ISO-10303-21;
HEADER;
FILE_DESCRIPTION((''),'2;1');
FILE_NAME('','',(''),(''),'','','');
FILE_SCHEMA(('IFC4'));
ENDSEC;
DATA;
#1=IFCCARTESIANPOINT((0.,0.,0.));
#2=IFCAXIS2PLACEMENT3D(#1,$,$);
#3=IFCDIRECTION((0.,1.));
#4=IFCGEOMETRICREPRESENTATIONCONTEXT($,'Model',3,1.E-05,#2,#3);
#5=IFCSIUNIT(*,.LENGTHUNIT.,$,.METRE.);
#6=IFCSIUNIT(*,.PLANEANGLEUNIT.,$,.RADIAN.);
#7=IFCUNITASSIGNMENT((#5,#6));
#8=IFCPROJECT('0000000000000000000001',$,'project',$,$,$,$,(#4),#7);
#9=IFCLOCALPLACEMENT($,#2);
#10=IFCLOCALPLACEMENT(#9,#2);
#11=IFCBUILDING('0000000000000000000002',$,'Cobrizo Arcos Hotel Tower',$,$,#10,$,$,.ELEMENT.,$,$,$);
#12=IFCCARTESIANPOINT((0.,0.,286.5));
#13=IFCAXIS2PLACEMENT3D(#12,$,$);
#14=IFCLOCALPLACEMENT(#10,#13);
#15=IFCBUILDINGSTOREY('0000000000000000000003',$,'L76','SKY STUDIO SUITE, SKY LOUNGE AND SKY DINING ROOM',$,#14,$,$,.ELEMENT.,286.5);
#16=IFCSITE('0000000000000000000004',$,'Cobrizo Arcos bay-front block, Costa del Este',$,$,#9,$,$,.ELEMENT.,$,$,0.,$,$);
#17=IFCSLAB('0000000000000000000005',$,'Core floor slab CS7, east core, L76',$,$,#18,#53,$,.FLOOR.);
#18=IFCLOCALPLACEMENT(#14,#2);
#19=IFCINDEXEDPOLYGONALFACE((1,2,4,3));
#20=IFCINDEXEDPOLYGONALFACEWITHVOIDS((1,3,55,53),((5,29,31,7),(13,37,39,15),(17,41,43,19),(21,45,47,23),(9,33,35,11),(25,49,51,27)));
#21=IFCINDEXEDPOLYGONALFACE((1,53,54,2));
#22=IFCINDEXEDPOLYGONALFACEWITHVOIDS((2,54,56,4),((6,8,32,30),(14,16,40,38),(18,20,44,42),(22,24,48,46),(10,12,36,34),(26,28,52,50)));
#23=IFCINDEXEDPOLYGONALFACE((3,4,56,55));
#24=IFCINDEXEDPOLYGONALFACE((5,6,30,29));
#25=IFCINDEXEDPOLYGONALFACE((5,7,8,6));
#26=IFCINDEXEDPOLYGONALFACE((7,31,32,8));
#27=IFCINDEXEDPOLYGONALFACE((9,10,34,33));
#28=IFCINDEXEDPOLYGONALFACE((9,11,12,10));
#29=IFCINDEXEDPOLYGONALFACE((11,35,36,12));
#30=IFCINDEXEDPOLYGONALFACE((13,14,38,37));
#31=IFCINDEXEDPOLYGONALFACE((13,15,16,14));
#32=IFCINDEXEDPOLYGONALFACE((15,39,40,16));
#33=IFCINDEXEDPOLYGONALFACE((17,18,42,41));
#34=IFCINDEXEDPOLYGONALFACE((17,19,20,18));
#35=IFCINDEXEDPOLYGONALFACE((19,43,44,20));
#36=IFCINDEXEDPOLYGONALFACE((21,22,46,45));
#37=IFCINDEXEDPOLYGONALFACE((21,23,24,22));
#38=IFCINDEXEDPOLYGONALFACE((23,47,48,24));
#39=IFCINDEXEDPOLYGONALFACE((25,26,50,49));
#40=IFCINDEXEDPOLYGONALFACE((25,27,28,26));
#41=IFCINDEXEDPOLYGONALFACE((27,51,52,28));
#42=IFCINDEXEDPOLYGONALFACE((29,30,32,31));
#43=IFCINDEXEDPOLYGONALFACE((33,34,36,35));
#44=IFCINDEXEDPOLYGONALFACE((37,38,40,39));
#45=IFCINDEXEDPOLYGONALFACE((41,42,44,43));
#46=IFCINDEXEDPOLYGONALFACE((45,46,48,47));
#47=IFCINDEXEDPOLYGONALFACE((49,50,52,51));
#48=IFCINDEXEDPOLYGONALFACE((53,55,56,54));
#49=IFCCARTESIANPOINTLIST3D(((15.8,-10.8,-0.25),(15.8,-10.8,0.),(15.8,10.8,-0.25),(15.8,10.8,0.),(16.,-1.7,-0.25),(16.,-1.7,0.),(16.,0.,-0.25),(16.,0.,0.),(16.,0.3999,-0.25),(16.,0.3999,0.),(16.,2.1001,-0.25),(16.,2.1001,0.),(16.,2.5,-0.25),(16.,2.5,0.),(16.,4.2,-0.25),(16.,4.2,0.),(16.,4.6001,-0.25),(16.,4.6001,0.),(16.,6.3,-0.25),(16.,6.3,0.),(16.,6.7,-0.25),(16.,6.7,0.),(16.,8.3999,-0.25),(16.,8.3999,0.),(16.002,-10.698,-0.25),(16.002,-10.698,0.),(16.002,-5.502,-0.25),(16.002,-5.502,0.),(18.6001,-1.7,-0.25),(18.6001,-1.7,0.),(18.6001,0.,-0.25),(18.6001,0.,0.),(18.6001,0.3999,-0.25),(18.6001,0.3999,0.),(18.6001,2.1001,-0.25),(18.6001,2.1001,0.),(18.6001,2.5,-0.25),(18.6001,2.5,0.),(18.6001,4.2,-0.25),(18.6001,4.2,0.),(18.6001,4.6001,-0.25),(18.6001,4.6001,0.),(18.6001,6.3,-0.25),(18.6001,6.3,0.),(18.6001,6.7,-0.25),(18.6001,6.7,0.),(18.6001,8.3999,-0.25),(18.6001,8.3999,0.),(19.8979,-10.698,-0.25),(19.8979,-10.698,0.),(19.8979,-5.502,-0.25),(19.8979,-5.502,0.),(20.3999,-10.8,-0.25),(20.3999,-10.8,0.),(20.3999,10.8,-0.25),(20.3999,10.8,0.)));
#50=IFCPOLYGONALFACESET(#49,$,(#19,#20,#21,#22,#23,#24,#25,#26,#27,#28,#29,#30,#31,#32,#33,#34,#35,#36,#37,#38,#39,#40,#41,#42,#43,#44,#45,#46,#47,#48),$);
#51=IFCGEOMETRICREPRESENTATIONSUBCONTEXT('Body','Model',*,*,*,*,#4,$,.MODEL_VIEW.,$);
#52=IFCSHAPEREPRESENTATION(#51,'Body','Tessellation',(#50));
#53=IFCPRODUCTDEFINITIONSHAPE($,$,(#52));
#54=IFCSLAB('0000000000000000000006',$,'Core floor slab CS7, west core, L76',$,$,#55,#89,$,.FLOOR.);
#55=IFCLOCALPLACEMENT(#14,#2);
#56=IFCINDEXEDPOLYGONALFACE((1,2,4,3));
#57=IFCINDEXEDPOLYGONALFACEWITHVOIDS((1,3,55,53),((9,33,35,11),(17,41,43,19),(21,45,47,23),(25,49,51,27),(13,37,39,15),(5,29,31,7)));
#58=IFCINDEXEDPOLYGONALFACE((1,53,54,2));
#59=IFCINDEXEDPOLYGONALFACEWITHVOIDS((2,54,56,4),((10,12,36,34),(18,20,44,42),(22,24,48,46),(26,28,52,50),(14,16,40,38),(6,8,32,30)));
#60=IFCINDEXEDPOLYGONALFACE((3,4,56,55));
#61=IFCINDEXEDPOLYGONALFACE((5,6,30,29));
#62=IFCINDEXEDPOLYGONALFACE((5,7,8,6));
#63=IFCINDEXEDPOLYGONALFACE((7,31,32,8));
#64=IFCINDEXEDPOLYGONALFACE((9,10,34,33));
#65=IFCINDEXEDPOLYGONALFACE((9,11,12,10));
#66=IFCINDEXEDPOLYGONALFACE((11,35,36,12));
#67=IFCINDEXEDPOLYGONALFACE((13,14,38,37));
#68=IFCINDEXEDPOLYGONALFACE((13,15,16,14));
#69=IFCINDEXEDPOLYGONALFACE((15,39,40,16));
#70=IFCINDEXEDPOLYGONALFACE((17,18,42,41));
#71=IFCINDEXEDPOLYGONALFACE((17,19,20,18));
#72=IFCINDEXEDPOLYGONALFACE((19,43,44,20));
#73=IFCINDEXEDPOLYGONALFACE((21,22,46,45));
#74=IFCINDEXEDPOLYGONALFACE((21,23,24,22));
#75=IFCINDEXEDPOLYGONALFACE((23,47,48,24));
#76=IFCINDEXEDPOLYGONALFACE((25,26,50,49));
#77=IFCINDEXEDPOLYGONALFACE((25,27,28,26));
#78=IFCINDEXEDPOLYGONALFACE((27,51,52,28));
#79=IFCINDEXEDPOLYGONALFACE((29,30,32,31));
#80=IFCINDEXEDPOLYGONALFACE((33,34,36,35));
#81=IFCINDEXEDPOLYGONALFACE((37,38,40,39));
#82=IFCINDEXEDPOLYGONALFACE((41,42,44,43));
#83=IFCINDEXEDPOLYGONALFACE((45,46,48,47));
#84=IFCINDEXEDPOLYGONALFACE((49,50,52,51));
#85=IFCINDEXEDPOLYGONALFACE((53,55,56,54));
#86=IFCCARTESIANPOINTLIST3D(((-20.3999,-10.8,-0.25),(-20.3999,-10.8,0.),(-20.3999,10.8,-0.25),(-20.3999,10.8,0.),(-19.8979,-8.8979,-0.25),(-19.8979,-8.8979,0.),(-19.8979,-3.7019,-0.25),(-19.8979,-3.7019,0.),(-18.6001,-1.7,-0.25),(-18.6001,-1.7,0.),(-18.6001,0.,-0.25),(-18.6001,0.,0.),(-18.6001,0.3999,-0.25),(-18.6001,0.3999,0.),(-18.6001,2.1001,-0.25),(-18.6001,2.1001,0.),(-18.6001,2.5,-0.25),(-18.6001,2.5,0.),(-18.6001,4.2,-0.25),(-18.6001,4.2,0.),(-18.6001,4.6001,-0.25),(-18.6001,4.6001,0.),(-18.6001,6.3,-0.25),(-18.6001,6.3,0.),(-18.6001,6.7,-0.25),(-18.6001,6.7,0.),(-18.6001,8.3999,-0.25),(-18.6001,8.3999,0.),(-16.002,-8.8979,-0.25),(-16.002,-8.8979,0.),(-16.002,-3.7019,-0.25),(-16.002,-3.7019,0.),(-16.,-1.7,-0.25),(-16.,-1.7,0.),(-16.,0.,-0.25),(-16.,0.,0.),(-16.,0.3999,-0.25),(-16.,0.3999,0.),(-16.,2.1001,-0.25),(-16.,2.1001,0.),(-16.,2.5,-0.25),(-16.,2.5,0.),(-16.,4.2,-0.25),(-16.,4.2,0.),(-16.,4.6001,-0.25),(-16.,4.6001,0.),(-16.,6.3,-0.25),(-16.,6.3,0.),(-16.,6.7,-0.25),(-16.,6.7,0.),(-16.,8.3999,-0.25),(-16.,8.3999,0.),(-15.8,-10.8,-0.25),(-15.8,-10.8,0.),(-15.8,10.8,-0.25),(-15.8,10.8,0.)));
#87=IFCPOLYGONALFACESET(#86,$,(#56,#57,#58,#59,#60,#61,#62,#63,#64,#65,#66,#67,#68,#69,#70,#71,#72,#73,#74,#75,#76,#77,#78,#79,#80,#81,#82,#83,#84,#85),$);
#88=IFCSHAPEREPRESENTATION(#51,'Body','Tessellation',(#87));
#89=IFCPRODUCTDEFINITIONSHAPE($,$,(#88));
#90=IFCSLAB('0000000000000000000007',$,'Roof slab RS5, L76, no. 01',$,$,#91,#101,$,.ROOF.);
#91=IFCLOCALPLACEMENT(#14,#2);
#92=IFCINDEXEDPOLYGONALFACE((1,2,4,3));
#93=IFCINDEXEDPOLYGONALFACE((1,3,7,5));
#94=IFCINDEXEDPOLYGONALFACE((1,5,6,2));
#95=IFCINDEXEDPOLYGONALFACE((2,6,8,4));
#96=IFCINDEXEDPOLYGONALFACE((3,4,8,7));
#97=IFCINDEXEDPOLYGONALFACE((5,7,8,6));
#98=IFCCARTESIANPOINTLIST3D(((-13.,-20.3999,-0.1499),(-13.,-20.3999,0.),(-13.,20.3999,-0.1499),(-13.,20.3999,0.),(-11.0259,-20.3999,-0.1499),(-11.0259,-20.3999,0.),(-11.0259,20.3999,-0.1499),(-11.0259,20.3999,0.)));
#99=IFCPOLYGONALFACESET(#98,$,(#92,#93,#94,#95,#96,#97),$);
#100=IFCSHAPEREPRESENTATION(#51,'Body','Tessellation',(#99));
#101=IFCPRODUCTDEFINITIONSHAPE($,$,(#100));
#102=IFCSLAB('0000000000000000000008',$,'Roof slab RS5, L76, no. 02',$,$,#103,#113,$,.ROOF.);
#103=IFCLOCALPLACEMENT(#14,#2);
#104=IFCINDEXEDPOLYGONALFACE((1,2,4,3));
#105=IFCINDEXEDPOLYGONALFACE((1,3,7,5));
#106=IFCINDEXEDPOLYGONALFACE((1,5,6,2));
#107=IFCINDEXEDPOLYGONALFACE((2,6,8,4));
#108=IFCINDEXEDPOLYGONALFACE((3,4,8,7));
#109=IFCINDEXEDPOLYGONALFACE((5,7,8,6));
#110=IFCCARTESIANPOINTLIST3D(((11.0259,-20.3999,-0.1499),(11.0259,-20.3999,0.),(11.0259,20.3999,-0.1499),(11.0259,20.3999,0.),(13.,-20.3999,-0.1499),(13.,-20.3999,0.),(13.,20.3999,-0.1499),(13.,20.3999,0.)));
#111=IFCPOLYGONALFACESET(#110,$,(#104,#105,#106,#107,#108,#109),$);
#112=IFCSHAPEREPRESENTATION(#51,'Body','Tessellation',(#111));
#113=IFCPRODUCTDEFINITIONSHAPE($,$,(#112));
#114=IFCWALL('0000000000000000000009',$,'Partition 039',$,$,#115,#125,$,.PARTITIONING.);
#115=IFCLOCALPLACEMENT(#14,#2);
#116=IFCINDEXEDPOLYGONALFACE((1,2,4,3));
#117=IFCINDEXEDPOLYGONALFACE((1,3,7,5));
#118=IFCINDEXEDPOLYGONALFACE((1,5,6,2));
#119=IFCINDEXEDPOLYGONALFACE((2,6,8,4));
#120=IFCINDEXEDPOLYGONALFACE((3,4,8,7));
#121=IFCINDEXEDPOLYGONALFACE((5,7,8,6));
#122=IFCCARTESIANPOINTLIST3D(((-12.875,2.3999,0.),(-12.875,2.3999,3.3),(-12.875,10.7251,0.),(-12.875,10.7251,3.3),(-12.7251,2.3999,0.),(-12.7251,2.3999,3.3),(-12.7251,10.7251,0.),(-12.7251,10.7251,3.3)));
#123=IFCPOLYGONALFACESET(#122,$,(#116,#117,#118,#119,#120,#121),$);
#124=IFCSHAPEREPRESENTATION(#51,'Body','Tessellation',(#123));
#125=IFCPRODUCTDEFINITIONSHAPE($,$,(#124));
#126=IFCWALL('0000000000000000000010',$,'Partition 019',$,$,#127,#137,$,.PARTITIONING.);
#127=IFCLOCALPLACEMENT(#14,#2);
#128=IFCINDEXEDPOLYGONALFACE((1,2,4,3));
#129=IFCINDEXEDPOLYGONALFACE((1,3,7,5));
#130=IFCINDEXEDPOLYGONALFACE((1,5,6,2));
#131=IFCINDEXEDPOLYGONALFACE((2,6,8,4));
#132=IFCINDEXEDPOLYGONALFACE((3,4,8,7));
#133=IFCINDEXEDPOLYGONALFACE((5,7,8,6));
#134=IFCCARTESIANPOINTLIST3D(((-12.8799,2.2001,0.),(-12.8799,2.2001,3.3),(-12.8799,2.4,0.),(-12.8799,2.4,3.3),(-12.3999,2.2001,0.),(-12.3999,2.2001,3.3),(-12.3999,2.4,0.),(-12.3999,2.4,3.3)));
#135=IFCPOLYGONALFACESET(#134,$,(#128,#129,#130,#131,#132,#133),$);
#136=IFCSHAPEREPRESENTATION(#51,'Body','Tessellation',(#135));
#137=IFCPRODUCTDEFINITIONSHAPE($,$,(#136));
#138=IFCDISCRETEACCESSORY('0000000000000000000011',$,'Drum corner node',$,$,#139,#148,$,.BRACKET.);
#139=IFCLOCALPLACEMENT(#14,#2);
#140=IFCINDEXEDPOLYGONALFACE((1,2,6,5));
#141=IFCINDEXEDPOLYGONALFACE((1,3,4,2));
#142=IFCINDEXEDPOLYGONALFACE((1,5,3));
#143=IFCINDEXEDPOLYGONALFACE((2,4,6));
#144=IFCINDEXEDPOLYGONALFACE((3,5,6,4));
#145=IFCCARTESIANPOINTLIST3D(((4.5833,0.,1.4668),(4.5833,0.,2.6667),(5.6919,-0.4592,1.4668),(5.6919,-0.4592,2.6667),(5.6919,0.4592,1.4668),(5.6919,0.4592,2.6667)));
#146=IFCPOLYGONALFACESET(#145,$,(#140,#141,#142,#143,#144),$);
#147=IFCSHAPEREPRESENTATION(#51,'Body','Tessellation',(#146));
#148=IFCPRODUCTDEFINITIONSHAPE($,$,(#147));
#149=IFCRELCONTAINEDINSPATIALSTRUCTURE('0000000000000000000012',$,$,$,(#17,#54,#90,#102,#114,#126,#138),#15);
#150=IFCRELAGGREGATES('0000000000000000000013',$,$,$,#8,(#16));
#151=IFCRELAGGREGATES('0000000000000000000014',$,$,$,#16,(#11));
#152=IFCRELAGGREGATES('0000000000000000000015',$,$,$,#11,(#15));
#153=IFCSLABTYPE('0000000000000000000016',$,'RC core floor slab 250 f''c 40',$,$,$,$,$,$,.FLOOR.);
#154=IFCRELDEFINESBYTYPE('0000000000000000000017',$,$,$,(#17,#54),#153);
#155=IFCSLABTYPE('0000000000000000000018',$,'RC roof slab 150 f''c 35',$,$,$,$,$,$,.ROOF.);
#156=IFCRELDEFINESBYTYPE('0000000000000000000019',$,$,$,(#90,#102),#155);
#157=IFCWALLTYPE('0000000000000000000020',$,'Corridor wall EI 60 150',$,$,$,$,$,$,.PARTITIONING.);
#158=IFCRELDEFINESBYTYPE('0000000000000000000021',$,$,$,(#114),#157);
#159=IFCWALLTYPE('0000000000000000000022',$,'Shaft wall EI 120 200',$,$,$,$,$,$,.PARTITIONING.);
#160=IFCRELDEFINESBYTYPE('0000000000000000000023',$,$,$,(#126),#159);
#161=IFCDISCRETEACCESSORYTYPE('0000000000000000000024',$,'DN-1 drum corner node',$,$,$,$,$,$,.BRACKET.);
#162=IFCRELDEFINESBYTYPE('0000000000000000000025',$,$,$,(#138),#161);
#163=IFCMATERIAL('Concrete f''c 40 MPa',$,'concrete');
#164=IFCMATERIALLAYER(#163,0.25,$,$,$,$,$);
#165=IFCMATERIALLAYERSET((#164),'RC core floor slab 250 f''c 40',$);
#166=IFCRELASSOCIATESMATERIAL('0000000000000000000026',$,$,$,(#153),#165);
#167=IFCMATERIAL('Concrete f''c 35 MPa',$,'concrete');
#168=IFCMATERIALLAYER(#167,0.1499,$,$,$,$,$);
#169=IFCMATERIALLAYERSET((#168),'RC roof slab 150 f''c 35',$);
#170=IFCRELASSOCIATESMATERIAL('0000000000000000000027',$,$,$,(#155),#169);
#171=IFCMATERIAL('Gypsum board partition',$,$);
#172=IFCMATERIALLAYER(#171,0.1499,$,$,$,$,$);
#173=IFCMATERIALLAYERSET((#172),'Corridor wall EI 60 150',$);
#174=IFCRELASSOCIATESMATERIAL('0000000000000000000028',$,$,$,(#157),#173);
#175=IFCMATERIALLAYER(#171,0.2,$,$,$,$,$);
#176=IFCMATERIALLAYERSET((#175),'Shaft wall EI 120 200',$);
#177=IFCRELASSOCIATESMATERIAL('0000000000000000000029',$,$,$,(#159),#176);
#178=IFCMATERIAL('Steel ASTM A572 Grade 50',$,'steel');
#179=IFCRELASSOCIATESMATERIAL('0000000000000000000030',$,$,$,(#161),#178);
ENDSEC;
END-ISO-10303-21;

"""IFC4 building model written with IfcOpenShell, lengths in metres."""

from ifc_helpers import new_model, si_unit, direction, frame, frame_2d, origin, place, context, subcontext, project, spatial, polyline, rectangle, outline, extrude, material, layer, layer_set, type_object, element, save


model = new_model("IFC4")

# Units and contexts
model_context = context("Model", 3, precision=1e-05, world=origin(), true_north=direction((0.0, 1.0)))
body_context = subcontext(model_context, "Body", "Model", "MODEL_VIEW")
ifc_project = project(units=[si_unit("LENGTHUNIT", "METRE"), si_unit("PLANEANGLEUNIT", "RADIAN")], contexts=[model_context])

# Site, building, storey
site_placement = place(None, origin())
site = spatial("IfcSite", under=ifc_project, at=site_placement, Name="Cobrizo Arcos bay-front block, Costa del Este", CompositionType="ELEMENT", RefElevation=0.0)
building_placement = place(site_placement, origin())
building = spatial("IfcBuilding", under=site, at=building_placement, Name="Cobrizo Arcos Hotel Tower", CompositionType="ELEMENT")
storey_placement = place(building_placement, frame((0.0, 0.0, 286.5)))
storey = spatial("IfcBuildingStorey", under=building, at=storey_placement, Name="L76", Description="SKY STUDIO SUITE, SKY LOUNGE AND SKY DINING ROOM", CompositionType="ELEMENT", Elevation=286.5)

# Shared definitions
ifc_material_1 = material(Name="Steel ASTM A572 Grade 50", Category="steel")

# Slabs
ifc_material_2 = material(Name="Concrete f'c 35 MPa", Category="concrete")
ifc_material_3 = material(Name="Concrete f'c 40 MPa", Category="concrete")
ifc_layer_1 = layer(ifc_material_3, 0.25)
ifc_layer_set_1 = layer_set([ifc_layer_1], Name="RC core floor slab 250 f'c 40")
slab_type_1 = type_object("IfcSlabType", Name="RC core floor slab 250 f'c 40", PredefinedType="FLOOR", material=ifc_layer_set_1)
slab_1_placement = place(storey_placement, frame((0.0, 0.0, -0.25)))
element("IfcSlab", 1, at=slab_1_placement, inside=storey, type_object=slab_type_1, Name="Core floor slab CS7, east core, L76", PredefinedType="FLOOR", context=body_context, shape_type="SweptSolid", body=[
    extrude(outline(polyline([(15.8, 10.8), (20.3999, 10.8), (20.3999, -10.8), (15.8, -10.8), (15.8, 10.8)]), holes=[polyline([(19.8979, -10.698), (19.8979, -5.502), (16.002, -5.502), (16.002, -10.698), (19.8979, -10.698)]), polyline([(16.0, 0.0), (16.0, -1.7), (18.6001, -1.7), (18.6001, 0.0), (16.0, 0.0)]), polyline([(16.0, 2.1001), (16.0, 0.3999), (18.6001, 0.3999), (18.6001, 2.1001), (16.0, 2.1001)]), polyline([(16.0, 4.2), (16.0, 2.5), (18.6001, 2.5), (18.6001, 4.2), (16.0, 4.2)]), polyline([(18.6001, 6.3), (16.0, 6.3), (16.0, 4.6001), (18.6001, 4.6001), (18.6001, 6.3)]), polyline([(18.6001, 8.3999), (16.0, 8.3999), (16.0, 6.7), (18.6001, 6.7), (18.6001, 8.3999)])]), origin(), (0.0, 0.0, 1.0), 0.25),
])
slab_2_placement = place(storey_placement, frame((0.0, 0.0, -0.25)))
element("IfcSlab", 2, at=slab_2_placement, inside=storey, type_object=slab_type_1, Name="Core floor slab CS7, west core, L76", PredefinedType="FLOOR", context=body_context, shape_type="SweptSolid", body=[
    extrude(outline(polyline([(-20.3999, 10.8), (-15.8, 10.8), (-15.8, -10.8), (-20.3999, -10.8), (-20.3999, 10.8)]), holes=[polyline([(-19.8979, -3.7019), (-19.8979, -8.8979), (-16.002, -8.8979), (-16.002, -3.7019), (-19.8979, -3.7019)]), polyline([(-18.6001, 0.0), (-18.6001, -1.7), (-16.0, -1.7), (-16.0, 0.0), (-18.6001, 0.0)]), polyline([(-18.6001, 2.1001), (-18.6001, 0.3999), (-16.0, 0.3999), (-16.0, 2.1001), (-18.6001, 2.1001)]), polyline([(-18.6001, 4.2), (-18.6001, 2.5), (-16.0, 2.5), (-16.0, 4.2), (-18.6001, 4.2)]), polyline([(-16.0, 6.3), (-18.6001, 6.3), (-18.6001, 4.6001), (-16.0, 4.6001), (-16.0, 6.3)]), polyline([(-16.0, 8.3999), (-18.6001, 8.3999), (-18.6001, 6.7), (-16.0, 6.7), (-16.0, 8.3999)])]), origin(), (0.0, 0.0, 1.0), 0.25),
])
ifc_layer_2 = layer(ifc_material_2, 0.1499)
ifc_layer_set_2 = layer_set([ifc_layer_2], Name="RC roof slab 150 f'c 35")
slab_type_2 = type_object("IfcSlabType", Name="RC roof slab 150 f'c 35", PredefinedType="ROOF", material=ifc_layer_set_2)
slab_3_placement = place(storey_placement, frame((0.0, 0.0, -0.1499)))
element("IfcSlab", 3, at=slab_3_placement, inside=storey, type_object=slab_type_2, Name="Roof slab RS5, L76, no. 01", PredefinedType="ROOF", context=body_context, shape_type="SweptSolid", body=[
    extrude(outline(polyline([(-13.0, -20.3999), (-13.0, 20.3999), (-11.0259, 20.3999), (-11.0259, -20.3999), (-13.0, -20.3999)])), origin(), (0.0, 0.0, 1.0), 0.1499),
])
slab_4_placement = place(storey_placement, frame((0.0, 0.0, -0.1499)))
element("IfcSlab", 4, at=slab_4_placement, inside=storey, type_object=slab_type_2, Name="Roof slab RS5, L76, no. 02", PredefinedType="ROOF", context=body_context, shape_type="SweptSolid", body=[
    extrude(outline(polyline([(13.0, 20.3999), (13.0, -20.3999), (11.0259, -20.3999), (11.0259, 20.3999), (13.0, 20.3999)])), origin(), (0.0, 0.0, 1.0), 0.1499),
])

# Walls
ifc_material_4 = material(Name="Gypsum board partition")
ifc_layer_3 = layer(ifc_material_4, 0.1499)
ifc_layer_set_3 = layer_set([ifc_layer_3], Name="Corridor wall EI 60 150")
wall_type_1 = type_object("IfcWallType", Name="Corridor wall EI 60 150", PredefinedType="PARTITIONING", material=ifc_layer_set_3)
wall_1_placement = place(storey_placement, frame((-12.8, 2.3999, 0.0), z_axis=(0.0, 0.0, 1.0), x_axis=(0.0, 1.0, 0.0)))
element("IfcWall", 5, at=wall_1_placement, inside=storey, type_object=wall_type_1, Name="Partition 039", PredefinedType="PARTITIONING", context=body_context, shape_type="SweptSolid", body=[
    extrude(rectangle(XDim=8.3252, YDim=0.1499, at=frame_2d((4.1626, 0.0))), origin(), (0.0, 0.0, 1.0), 3.3),
])
ifc_layer_4 = layer(ifc_material_4, 0.2)
ifc_layer_set_4 = layer_set([ifc_layer_4], Name="Shaft wall EI 120 200")
wall_type_2 = type_object("IfcWallType", Name="Shaft wall EI 120 200", PredefinedType="PARTITIONING", material=ifc_layer_set_4)
wall_2_placement = place(storey_placement, frame((-12.8799, 2.3, 0.0), z_axis=(0.0, 0.0, 1.0), x_axis=(1.0, 0.0, 0.0)))
element("IfcWall", 6, at=wall_2_placement, inside=storey, type_object=wall_type_2, Name="Partition 019", PredefinedType="PARTITIONING", context=body_context, shape_type="SweptSolid", body=[
    extrude(rectangle(XDim=0.48, YDim=0.2, at=frame_2d((0.24, 0.0))), origin(), (0.0, 0.0, 1.0), 3.3),
])

# Discrete accessory
discrete_accessory_type = type_object("IfcDiscreteAccessoryType", Name="DN-1 drum corner node", PredefinedType="BRACKET", material=ifc_material_1)
discrete_accessory_placement = place(storey_placement, frame((0.0, 0.0, 1.4668)))
element("IfcDiscreteAccessory", 7, at=discrete_accessory_placement, inside=storey, type_object=discrete_accessory_type, Name="Drum corner node", PredefinedType="BRACKET", context=body_context, shape_type="SweptSolid", body=[
    extrude(outline(polyline([(5.6919, -0.4592), (4.5833, 0.0), (4.5833, 0.0), (5.6919, 0.4592), (5.6919, -0.4592)])), origin(), (0.0, 0.0, 1.0), 1.2),
])

save(model, "model.ifc")
